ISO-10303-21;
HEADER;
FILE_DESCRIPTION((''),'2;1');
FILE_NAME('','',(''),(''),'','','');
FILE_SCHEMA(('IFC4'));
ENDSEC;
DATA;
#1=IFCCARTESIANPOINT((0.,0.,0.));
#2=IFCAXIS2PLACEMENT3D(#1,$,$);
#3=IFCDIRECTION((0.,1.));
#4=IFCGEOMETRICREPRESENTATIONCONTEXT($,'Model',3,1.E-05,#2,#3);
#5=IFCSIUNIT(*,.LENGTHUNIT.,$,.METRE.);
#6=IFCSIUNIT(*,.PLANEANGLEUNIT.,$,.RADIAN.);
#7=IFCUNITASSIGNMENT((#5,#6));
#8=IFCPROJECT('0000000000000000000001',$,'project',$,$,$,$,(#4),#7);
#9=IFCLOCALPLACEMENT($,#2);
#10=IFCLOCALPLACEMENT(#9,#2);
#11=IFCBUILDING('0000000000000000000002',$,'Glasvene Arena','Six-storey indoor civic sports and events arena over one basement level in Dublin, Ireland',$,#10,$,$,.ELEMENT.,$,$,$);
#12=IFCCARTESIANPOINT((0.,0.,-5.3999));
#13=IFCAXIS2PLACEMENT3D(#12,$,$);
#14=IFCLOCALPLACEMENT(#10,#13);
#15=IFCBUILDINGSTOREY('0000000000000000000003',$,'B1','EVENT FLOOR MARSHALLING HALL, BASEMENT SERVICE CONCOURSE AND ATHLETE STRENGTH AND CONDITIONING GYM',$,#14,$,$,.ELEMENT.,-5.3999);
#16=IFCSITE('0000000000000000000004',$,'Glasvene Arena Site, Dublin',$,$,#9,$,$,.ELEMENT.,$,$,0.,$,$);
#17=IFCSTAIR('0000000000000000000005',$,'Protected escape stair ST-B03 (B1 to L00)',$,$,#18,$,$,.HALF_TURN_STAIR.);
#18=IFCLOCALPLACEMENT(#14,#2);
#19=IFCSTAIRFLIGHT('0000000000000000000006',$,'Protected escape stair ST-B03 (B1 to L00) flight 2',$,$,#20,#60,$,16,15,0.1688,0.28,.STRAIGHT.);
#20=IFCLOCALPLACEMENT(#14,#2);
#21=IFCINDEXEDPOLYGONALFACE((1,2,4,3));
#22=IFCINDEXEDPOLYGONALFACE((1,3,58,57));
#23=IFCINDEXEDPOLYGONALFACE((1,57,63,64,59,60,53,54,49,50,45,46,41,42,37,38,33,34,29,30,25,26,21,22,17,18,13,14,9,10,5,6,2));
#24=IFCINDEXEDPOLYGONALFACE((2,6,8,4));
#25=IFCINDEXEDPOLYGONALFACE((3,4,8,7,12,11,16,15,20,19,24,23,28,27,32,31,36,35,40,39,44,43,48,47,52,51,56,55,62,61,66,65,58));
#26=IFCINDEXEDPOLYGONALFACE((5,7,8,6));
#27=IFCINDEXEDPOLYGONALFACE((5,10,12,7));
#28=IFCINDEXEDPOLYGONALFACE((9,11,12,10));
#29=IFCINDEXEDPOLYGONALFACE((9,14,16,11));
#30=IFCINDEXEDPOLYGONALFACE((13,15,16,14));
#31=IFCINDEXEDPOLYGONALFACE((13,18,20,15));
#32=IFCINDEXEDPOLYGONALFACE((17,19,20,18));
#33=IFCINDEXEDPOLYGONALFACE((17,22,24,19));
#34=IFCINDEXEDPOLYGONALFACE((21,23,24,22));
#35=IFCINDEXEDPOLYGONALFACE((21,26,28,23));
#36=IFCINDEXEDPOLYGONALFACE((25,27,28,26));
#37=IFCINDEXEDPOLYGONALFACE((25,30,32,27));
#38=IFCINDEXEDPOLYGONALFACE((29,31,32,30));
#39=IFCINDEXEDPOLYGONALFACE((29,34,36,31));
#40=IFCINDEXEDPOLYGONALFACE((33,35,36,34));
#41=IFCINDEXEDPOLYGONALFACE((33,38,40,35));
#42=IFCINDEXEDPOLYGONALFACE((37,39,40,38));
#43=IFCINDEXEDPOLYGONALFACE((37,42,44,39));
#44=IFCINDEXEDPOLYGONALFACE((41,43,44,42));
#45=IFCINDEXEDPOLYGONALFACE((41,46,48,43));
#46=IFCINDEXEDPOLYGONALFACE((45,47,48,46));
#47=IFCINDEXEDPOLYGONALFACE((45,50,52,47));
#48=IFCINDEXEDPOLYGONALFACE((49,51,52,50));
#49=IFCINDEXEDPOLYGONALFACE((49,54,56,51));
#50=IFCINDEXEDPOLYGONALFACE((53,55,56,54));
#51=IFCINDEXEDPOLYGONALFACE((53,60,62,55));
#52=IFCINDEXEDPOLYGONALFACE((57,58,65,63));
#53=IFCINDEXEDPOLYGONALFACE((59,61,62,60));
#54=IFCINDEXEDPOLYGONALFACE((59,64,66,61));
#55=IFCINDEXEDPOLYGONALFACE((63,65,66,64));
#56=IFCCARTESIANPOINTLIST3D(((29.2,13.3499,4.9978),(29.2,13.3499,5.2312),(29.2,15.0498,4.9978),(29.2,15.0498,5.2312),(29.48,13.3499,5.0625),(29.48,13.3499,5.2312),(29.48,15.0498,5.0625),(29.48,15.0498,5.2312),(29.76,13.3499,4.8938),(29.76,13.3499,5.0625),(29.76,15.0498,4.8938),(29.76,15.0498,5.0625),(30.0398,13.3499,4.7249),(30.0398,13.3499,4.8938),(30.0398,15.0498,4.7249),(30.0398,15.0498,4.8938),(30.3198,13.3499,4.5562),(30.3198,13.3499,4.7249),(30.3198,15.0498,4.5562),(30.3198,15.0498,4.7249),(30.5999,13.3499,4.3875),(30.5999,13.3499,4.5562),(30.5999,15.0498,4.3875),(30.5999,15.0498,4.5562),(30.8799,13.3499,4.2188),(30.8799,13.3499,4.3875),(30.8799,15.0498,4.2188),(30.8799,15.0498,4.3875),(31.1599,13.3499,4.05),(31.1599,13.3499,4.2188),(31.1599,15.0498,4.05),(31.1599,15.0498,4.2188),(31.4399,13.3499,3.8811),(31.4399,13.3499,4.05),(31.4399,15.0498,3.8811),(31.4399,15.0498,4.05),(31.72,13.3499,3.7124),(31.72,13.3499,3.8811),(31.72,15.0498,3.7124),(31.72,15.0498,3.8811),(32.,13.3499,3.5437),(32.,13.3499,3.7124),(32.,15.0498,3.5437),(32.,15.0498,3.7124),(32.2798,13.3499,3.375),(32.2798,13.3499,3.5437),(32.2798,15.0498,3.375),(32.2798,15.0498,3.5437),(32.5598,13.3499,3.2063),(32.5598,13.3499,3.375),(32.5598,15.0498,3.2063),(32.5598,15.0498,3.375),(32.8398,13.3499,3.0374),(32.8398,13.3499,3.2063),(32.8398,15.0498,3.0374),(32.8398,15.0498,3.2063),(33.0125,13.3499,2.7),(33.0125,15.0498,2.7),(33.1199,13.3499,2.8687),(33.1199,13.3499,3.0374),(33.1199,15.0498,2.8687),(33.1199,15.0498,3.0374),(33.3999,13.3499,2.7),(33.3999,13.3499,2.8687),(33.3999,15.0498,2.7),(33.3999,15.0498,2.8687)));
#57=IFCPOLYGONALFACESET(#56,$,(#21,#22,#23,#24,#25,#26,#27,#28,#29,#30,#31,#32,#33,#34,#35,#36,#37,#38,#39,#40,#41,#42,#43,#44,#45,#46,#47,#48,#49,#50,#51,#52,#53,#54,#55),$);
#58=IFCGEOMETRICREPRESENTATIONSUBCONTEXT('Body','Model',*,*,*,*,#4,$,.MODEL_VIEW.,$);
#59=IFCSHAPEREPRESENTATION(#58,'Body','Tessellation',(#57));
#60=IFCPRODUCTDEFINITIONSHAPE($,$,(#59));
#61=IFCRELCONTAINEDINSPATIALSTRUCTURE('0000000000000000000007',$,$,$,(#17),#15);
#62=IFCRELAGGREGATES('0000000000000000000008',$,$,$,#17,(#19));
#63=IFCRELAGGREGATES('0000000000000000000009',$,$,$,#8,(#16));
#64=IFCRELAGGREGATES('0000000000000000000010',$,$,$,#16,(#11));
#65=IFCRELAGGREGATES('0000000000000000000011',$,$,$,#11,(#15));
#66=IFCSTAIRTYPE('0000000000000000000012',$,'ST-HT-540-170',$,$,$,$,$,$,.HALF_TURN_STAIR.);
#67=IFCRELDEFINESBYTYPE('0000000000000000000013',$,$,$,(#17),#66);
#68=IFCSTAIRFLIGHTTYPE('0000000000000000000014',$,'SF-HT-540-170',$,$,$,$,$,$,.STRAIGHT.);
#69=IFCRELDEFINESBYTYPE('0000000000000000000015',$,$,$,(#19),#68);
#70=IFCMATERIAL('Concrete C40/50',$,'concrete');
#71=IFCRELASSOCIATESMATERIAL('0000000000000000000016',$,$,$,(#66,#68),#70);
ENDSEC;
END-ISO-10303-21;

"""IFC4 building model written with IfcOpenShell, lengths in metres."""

from ifc_helpers import new_model, si_unit, direction, frame, origin, place, context, subcontext, project, spatial, polyline, outline, extrude, material, type_object, element, aggregate, save


model = new_model("IFC4")

# Units and contexts
model_context = context("Model", 3, precision=1e-05, world=origin(), true_north=direction((0.0, 1.0)))
body_context = subcontext(model_context, "Body", "Model", "MODEL_VIEW")
ifc_project = project(units=[si_unit("LENGTHUNIT", "METRE"), si_unit("PLANEANGLEUNIT", "RADIAN")], contexts=[model_context])

# Site, building, storey
site_placement = place(None, origin())
site = spatial("IfcSite", under=ifc_project, at=site_placement, Name="Glasvene Arena Site, Dublin", CompositionType="ELEMENT", RefElevation=0.0)
building_placement = place(site_placement, origin())
building = spatial("IfcBuilding", under=site, at=building_placement, Name="Glasvene Arena", Description="Six-storey indoor civic sports and events arena over one basement level in Dublin, Ireland", CompositionType="ELEMENT")
storey_placement = place(building_placement, frame((0.0, 0.0, -5.3999)))
storey = spatial("IfcBuildingStorey", under=building, at=storey_placement, Name="B1", Description="EVENT FLOOR MARSHALLING HALL, BASEMENT SERVICE CONCOURSE AND ATHLETE STRENGTH AND CONDITIONING GYM", CompositionType="ELEMENT", Elevation=-5.3999)

# Shared definitions
ifc_material_1 = material(Name="Concrete C40/50", Category="concrete")

# Stair
stair_type = type_object("IfcStairType", Name="ST-HT-540-170", PredefinedType="HALF_TURN_STAIR", material=ifc_material_1)
stair_placement = place(storey_placement, origin())
stair = element("IfcStair", 1, at=stair_placement, inside=storey, type_object=stair_type, Name="Protected escape stair ST-B03 (B1 to L00)", PredefinedType="HALF_TURN_STAIR")

# Stair flight
stair_flight_type = type_object("IfcStairFlightType", Name="SF-HT-540-170", PredefinedType="STRAIGHT", material=ifc_material_1)
stair_flight_1_placement = place(storey_placement, frame((33.3999, 14.2, 2.7), z_axis=(0.0, 0.0, 1.0), x_axis=(-1.0, 0.0, 0.0)))
stair_flight_1 = element("IfcStairFlight", 2, at=stair_flight_1_placement, type_object=stair_flight_type, Name="Protected escape stair ST-B03 (B1 to L00) flight 2", NumberOfRisers=16, NumberOfTreads=15, PredefinedType="STRAIGHT", RiserHeight=0.1688, TreadLength=0.28, context=body_context, shape_type="SweptSolid", body=[
    extrude(outline(polyline([(0.0, 0.0), (0.0, 0.1687), (0.28, 0.1687), (0.28, 0.3374), (0.5601, 0.3374), (0.5601, 0.5063), (0.8401, 0.5063), (0.8401, 0.675), (1.1201, 0.675), (1.1201, 0.8438), (1.3999, 0.8438), (1.3999, 1.0125), (1.6799, 1.0125), (1.6799, 1.1812), (1.96, 1.1812), (1.96, 1.3501), (2.24, 1.3501), (2.24, 1.5188), (2.52, 1.5188), (2.52, 1.6875), (2.8, 1.6875), (2.8, 1.8562), (3.0801, 1.8562), (3.0801, 2.0249), (3.3601, 2.0249), (3.3601, 2.1938), (3.6399, 2.1938), (3.6399, 2.3625), (3.9199, 2.3625), (3.9199, 2.5312), (4.2, 2.5312), (4.2, 2.7), (4.2, 2.2979), (0.3875, 0.0), (0.0, 0.0)])), frame((0.0, 0.8501, 0.0), z_axis=(0.0, -1.0, 0.0), x_axis=(1.0, 0.0, 0.0)), (0.0, 0.0, 1.0), 1.7),
])
aggregate(stair, [stair_flight_1])

save(model, "model.ifc")
